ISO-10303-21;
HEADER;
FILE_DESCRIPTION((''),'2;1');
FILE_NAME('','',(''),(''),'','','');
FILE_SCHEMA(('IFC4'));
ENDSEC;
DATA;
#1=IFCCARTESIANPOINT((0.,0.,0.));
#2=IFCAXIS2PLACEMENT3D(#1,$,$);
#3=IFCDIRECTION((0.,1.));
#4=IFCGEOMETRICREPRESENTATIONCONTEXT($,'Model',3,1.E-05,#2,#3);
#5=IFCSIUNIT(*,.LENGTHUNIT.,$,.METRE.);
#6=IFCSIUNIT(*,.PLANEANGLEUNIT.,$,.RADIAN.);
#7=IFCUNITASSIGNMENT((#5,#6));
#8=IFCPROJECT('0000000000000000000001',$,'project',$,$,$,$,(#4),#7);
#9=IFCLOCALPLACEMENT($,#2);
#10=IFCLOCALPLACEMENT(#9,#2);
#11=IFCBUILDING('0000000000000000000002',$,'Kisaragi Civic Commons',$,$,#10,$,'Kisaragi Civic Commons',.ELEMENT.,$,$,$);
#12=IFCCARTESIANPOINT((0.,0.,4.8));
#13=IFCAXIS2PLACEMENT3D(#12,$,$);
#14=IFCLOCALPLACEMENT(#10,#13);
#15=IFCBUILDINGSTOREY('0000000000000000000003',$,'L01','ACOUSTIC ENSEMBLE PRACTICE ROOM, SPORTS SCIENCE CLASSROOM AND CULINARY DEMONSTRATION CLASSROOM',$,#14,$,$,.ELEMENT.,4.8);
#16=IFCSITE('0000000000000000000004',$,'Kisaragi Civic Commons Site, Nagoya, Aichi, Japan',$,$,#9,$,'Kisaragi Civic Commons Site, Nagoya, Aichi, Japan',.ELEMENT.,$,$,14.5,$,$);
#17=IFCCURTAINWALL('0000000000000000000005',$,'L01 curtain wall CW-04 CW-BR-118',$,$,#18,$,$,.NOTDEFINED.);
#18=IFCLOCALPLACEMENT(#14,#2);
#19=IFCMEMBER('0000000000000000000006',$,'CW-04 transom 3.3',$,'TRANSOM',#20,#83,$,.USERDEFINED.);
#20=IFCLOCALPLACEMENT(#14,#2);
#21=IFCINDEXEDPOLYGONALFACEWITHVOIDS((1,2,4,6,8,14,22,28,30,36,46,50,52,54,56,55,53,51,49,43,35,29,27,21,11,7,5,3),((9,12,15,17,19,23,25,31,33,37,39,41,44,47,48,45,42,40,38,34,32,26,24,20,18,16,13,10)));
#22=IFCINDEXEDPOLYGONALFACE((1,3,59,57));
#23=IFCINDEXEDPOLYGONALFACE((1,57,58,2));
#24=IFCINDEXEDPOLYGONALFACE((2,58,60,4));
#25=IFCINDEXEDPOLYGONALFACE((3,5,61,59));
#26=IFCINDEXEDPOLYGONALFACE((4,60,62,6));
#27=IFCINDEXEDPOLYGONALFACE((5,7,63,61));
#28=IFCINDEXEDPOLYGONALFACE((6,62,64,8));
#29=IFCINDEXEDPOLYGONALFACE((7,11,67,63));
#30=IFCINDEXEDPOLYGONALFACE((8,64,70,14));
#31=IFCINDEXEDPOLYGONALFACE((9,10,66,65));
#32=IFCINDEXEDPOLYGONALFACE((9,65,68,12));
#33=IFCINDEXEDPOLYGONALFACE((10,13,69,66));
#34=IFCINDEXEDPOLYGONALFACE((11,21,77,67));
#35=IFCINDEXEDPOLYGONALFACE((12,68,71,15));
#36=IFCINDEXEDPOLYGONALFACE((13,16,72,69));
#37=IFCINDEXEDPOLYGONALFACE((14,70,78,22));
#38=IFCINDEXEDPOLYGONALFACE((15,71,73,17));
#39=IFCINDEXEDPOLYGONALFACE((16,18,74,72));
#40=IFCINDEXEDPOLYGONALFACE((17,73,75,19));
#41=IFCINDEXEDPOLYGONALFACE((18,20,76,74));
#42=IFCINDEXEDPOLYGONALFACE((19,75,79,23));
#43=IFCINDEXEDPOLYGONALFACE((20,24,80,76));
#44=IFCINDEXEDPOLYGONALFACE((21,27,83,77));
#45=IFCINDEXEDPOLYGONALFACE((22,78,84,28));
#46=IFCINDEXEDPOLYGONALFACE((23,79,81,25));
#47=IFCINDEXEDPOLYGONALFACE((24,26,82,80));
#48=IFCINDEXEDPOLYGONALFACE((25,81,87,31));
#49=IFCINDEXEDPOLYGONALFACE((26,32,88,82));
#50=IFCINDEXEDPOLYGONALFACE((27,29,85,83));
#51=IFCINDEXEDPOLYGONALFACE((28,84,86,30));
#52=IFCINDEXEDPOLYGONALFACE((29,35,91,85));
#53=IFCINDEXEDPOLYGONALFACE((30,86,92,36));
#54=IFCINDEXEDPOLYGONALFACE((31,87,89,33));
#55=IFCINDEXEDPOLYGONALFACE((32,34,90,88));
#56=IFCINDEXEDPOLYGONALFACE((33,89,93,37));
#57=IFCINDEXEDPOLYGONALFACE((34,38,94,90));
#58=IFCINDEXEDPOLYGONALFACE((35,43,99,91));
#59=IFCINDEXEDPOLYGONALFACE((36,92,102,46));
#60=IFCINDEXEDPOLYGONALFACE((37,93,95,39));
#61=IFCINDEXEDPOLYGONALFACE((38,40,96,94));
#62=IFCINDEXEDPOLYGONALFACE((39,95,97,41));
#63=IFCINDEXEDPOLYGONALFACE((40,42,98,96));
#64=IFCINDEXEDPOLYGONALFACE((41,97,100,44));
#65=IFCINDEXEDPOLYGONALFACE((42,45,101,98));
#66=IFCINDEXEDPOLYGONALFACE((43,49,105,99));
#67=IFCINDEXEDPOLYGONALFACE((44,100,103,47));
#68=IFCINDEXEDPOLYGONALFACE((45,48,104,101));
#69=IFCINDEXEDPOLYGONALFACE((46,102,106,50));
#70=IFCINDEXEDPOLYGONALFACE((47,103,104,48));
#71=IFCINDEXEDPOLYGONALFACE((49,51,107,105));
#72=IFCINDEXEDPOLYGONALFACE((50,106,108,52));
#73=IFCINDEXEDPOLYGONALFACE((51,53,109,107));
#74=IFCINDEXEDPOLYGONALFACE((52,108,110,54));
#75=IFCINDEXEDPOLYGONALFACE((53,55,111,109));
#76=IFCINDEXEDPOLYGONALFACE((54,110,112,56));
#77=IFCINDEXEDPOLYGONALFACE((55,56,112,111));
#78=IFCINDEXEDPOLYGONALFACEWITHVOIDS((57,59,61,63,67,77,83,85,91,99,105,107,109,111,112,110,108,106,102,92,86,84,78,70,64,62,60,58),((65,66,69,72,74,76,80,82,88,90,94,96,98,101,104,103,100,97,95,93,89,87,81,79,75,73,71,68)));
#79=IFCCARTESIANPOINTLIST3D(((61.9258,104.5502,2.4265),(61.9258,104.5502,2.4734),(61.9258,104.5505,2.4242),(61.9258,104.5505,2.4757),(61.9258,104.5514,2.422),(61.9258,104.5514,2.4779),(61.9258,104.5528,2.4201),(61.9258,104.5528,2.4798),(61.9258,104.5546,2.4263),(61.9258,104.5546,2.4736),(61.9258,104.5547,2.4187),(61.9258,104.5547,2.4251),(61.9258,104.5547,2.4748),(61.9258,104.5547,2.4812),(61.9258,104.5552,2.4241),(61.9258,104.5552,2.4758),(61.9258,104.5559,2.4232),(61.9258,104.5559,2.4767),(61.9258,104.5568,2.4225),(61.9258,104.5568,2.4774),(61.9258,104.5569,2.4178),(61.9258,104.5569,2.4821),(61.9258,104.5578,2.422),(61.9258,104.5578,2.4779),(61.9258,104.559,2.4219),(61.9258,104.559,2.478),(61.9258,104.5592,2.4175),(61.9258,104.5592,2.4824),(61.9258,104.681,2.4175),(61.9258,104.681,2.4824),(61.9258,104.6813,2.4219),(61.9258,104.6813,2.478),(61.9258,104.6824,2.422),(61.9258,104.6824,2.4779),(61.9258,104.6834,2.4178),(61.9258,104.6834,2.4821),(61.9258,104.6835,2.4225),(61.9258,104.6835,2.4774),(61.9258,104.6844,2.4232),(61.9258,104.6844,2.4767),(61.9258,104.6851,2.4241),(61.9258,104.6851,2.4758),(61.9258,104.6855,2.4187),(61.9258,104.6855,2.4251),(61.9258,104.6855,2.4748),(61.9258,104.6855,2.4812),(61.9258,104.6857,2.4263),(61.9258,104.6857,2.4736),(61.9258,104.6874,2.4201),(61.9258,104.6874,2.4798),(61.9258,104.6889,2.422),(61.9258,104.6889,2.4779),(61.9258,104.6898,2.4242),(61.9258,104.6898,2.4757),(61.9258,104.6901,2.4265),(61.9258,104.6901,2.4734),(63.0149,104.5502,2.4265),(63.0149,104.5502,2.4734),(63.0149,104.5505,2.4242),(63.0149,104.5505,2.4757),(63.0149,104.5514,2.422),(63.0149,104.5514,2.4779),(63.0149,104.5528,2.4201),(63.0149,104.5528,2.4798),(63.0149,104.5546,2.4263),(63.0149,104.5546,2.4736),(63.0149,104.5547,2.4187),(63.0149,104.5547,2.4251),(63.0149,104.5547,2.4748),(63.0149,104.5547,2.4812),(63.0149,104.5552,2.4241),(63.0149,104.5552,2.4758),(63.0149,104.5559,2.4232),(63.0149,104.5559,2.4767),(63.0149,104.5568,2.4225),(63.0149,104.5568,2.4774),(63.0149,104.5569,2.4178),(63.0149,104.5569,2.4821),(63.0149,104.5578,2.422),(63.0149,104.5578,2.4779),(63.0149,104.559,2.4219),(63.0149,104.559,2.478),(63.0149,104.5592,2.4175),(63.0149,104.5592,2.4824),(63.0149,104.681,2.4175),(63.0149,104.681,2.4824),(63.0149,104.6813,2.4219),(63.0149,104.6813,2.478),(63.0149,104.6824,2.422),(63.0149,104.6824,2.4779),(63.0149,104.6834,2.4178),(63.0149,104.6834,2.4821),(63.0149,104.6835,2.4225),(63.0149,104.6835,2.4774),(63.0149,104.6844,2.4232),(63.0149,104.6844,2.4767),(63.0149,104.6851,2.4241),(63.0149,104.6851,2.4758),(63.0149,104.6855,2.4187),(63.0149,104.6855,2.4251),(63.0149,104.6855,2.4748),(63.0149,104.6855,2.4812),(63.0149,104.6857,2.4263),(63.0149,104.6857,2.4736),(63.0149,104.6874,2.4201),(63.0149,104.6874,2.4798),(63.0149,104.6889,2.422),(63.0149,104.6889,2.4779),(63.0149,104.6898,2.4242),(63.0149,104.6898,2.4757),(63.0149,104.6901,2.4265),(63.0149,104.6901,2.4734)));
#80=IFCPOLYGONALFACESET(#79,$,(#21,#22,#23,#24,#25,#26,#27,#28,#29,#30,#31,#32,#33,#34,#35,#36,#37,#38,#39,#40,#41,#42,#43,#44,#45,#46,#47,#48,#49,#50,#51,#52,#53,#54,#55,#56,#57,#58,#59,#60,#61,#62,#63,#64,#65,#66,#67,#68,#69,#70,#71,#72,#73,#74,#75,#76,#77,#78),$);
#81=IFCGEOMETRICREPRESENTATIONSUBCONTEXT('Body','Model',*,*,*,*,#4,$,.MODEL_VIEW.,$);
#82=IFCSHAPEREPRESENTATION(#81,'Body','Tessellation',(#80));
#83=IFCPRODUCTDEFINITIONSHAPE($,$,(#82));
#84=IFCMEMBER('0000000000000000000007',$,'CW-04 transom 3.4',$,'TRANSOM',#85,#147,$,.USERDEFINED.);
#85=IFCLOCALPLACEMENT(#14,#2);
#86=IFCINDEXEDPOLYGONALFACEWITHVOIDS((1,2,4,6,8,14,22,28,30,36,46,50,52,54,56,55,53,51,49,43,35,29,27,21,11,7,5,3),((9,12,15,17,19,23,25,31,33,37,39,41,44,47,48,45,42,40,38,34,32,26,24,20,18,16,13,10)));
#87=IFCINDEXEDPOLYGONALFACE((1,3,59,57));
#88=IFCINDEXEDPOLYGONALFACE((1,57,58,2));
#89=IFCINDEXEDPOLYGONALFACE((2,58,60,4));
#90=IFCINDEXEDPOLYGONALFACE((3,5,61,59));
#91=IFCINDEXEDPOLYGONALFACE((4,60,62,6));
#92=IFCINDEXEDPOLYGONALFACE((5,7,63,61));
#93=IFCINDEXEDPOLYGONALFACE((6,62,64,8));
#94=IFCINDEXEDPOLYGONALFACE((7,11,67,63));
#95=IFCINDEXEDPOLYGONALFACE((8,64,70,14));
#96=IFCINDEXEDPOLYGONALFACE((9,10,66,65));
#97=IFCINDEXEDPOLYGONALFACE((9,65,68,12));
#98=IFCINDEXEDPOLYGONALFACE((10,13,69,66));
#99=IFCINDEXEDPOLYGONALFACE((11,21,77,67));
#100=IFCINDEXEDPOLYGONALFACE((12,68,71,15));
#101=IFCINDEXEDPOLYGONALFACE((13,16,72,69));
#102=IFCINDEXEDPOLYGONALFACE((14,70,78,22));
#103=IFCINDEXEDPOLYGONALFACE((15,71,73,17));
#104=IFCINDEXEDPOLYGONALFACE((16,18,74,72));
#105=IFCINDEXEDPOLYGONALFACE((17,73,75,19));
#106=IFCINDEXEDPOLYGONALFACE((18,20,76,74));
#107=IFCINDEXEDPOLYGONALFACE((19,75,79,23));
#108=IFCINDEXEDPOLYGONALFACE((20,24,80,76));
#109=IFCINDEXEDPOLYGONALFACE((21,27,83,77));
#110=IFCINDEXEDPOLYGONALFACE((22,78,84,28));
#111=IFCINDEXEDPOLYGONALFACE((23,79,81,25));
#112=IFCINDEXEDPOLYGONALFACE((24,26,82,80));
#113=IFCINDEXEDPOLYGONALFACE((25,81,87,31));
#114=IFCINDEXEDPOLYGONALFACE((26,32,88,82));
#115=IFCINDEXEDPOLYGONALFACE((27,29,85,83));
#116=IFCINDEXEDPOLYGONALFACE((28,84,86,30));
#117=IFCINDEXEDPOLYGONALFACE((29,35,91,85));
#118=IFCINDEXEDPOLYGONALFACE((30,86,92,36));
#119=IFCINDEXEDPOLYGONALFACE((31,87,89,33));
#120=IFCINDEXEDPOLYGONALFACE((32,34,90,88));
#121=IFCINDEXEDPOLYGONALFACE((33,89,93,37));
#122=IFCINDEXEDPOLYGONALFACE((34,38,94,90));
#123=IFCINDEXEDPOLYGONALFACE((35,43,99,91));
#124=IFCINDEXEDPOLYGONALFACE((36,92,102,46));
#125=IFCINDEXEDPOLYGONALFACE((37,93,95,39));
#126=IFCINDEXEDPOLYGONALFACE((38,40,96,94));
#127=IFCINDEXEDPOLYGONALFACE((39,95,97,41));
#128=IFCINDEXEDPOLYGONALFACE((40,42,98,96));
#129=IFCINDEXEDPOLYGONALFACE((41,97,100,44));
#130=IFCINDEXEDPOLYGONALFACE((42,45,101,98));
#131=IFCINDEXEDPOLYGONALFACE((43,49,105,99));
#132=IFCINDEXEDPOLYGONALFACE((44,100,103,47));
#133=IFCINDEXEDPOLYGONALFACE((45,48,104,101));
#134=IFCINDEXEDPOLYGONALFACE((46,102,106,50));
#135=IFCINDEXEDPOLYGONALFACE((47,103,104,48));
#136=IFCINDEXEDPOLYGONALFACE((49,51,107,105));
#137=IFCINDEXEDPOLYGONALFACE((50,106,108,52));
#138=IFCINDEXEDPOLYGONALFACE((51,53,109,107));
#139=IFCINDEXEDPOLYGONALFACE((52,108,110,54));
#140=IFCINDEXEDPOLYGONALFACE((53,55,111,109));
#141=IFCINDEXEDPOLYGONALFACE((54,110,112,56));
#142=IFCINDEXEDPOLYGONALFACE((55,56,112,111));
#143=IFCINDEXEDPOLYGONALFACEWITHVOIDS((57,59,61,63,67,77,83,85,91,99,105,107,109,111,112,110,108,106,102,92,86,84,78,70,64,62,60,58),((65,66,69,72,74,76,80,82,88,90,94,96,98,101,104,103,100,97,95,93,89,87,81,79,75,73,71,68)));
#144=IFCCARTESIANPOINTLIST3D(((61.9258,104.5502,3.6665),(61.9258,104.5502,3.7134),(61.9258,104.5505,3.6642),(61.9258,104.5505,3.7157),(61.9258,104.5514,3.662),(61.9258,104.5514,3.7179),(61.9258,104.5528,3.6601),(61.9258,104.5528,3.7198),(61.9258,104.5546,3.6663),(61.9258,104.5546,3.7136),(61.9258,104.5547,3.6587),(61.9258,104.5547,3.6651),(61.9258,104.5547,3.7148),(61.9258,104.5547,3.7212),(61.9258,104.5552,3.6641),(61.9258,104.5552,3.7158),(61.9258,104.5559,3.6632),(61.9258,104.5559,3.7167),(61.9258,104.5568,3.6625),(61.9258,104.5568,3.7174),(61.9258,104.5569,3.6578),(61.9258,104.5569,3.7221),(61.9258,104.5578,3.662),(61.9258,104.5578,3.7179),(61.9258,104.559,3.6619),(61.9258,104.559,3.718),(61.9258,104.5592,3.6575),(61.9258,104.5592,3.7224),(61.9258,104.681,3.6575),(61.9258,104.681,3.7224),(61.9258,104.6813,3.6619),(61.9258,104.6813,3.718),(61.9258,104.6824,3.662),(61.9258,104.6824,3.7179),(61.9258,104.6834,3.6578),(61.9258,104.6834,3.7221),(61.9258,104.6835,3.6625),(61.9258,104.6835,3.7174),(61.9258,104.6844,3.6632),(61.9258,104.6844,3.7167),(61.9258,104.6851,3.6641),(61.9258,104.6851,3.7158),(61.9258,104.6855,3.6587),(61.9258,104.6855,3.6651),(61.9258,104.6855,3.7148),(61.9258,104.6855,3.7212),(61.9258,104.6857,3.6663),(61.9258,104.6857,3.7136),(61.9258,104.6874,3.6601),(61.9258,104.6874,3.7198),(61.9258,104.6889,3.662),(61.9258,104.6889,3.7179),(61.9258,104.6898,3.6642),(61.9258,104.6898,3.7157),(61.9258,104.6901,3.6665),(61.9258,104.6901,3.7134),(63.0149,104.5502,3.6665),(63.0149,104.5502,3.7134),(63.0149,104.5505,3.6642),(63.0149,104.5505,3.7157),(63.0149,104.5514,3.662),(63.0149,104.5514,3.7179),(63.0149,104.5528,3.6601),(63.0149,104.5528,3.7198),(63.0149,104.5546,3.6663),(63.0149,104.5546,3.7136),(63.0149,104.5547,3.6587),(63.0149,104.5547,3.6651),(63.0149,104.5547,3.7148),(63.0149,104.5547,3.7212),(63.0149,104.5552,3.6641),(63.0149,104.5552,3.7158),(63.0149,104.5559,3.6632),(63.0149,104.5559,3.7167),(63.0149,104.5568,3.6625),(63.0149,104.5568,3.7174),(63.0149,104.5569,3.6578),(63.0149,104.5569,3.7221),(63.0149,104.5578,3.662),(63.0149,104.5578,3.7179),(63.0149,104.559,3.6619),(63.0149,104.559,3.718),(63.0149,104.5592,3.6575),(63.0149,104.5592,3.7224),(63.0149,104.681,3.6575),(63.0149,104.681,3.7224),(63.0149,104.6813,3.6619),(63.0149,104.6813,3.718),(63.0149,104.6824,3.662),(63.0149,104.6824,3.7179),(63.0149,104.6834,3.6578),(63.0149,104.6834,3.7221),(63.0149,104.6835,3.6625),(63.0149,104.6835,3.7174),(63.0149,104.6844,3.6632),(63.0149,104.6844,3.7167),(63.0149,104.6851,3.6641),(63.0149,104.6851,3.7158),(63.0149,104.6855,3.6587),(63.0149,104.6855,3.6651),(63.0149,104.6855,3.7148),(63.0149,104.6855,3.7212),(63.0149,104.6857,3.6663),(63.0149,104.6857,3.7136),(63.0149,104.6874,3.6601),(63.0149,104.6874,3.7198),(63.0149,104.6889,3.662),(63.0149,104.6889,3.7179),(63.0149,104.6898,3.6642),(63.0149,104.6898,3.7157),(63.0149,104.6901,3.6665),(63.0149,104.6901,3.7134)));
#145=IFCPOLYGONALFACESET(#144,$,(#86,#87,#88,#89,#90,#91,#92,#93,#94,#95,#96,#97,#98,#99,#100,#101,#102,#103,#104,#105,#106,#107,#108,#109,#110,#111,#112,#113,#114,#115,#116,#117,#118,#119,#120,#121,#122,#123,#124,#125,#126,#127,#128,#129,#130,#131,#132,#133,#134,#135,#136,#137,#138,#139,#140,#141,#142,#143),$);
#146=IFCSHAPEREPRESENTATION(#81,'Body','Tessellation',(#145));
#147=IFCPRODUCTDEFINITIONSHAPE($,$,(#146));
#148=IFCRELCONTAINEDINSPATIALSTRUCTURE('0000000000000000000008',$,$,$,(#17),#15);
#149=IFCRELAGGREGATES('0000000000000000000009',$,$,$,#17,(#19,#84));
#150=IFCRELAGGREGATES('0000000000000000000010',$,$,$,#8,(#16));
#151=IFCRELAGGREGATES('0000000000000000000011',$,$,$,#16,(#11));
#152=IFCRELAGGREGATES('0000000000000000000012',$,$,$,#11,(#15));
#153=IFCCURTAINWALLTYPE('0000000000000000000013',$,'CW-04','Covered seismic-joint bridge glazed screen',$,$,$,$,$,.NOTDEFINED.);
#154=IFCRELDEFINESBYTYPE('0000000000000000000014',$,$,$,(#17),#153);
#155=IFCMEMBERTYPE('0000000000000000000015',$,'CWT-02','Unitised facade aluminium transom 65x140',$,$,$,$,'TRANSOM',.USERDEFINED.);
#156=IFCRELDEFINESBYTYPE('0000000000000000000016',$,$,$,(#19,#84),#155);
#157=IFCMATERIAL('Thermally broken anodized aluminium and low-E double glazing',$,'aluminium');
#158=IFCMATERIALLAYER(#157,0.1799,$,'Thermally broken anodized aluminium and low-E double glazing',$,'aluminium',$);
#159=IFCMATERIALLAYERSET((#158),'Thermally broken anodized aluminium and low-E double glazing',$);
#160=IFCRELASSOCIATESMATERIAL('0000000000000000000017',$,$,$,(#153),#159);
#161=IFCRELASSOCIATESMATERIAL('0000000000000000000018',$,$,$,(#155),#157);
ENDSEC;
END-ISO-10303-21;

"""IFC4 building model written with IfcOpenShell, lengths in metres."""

from ifc_helpers import new_model, si_unit, direction, frame, origin, origin_2d, place, context, subcontext, project, spatial, hollow_rectangle, extrude, material, layer, layer_set, material_profile, profile_set, type_object, element, aggregate, save


model = new_model("IFC4")

# Units and contexts
model_context = context("Model", 3, precision=1e-05, world=origin(), true_north=direction((0.0, 1.0)))
body_context = subcontext(model_context, "Body", "Model", "MODEL_VIEW")
ifc_project = project(units=[si_unit("LENGTHUNIT", "METRE"), si_unit("PLANEANGLEUNIT", "RADIAN")], contexts=[model_context])

# Site, building, storey
site_placement = place(None, origin())
site = spatial("IfcSite", under=ifc_project, at=site_placement, Name="Kisaragi Civic Commons Site, Nagoya, Aichi, Japan", LongName="Kisaragi Civic Commons Site, Nagoya, Aichi, Japan", CompositionType="ELEMENT", RefElevation=14.5)
building_placement = place(site_placement, origin())
building = spatial("IfcBuilding", under=site, at=building_placement, Name="Kisaragi Civic Commons", LongName="Kisaragi Civic Commons", CompositionType="ELEMENT")
storey_placement = place(building_placement, frame((0.0, 0.0, 4.8)))
storey = spatial("IfcBuildingStorey", under=building, at=storey_placement, Name="L01", Description="ACOUSTIC ENSEMBLE PRACTICE ROOM, SPORTS SCIENCE CLASSROOM AND CULINARY DEMONSTRATION CLASSROOM", CompositionType="ELEMENT", Elevation=4.8)

# Curtain wall
ifc_material_1 = material(Name="Thermally broken anodized aluminium and low-E double glazing", Category="aluminium")
ifc_layer_1 = layer(ifc_material_1, 0.1799, Name="Thermally broken anodized aluminium and low-E double glazing", Category="aluminium")
ifc_layer_set_1 = layer_set([ifc_layer_1], Name="Thermally broken anodized aluminium and low-E double glazing")
curtain_wall_type = type_object("IfcCurtainWallType", Name="CW-04", Description="Covered seismic-joint bridge glazed screen", PredefinedType="NOTDEFINED", material=ifc_layer_set_1)
curtain_wall_1_placement = place(storey_placement, origin())
curtain_wall_1 = element("IfcCurtainWall", 1, at=curtain_wall_1_placement, inside=storey, type_object=curtain_wall_type, Name="L01 curtain wall CW-04 CW-BR-118", PredefinedType="NOTDEFINED")

# Members
ifc_material_profile_1 = material_profile(ifc_material_1, hollow_rectangle(XDim=0.1399, YDim=0.0649, WallThickness=0.0044, InnerFilletRadius=0.0044, OuterFilletRadius=0.009, at=origin_2d()), Name="CWT-65x140x4.5", Category="aluminium")
ifc_profile_set_1 = profile_set([ifc_material_profile_1], Name="Thermally broken anodized aluminium and low-E double glazing")
member_type_1 = type_object("IfcMemberType", Name="CWT-02", Description="Unitised facade aluminium transom 65x140", ElementType="TRANSOM", PredefinedType="USERDEFINED", material=ifc_profile_set_1)
member_1_placement = place(storey_placement, frame((61.9258, 104.6201, 2.45), z_axis=(1.0, 0.0, 0.0), x_axis=(0.0, 1.0, 0.0)))
member_1 = element("IfcMember", 2, at=member_1_placement, type_object=member_type_1, Name="CW-04 transom 3.3", ObjectType="TRANSOM", PredefinedType="USERDEFINED", context=body_context, shape_type="SweptSolid", body=[
    extrude(hollow_rectangle(XDim=0.1399, YDim=0.0649, WallThickness=0.0044, InnerFilletRadius=0.0044, OuterFilletRadius=0.009, at=origin_2d()), origin(), (0.0, 0.0, 1.0), 1.0891),
])
member_2_placement = place(storey_placement, frame((61.9258, 104.6201, 3.6899), z_axis=(1.0, 0.0, 0.0), x_axis=(0.0, 1.0, 0.0)))
member_2 = element("IfcMember", 3, at=member_2_placement, type_object=member_type_1, Name="CW-04 transom 3.4", ObjectType="TRANSOM", PredefinedType="USERDEFINED", context=body_context, shape_type="SweptSolid", body=[
    extrude(hollow_rectangle(XDim=0.1399, YDim=0.0649, WallThickness=0.0044, InnerFilletRadius=0.0044, OuterFilletRadius=0.009, at=origin_2d()), origin(), (0.0, 0.0, 1.0), 1.0891),
])

aggregate(curtain_wall_1, [member_1, member_2])

save(model, "model.ifc")
